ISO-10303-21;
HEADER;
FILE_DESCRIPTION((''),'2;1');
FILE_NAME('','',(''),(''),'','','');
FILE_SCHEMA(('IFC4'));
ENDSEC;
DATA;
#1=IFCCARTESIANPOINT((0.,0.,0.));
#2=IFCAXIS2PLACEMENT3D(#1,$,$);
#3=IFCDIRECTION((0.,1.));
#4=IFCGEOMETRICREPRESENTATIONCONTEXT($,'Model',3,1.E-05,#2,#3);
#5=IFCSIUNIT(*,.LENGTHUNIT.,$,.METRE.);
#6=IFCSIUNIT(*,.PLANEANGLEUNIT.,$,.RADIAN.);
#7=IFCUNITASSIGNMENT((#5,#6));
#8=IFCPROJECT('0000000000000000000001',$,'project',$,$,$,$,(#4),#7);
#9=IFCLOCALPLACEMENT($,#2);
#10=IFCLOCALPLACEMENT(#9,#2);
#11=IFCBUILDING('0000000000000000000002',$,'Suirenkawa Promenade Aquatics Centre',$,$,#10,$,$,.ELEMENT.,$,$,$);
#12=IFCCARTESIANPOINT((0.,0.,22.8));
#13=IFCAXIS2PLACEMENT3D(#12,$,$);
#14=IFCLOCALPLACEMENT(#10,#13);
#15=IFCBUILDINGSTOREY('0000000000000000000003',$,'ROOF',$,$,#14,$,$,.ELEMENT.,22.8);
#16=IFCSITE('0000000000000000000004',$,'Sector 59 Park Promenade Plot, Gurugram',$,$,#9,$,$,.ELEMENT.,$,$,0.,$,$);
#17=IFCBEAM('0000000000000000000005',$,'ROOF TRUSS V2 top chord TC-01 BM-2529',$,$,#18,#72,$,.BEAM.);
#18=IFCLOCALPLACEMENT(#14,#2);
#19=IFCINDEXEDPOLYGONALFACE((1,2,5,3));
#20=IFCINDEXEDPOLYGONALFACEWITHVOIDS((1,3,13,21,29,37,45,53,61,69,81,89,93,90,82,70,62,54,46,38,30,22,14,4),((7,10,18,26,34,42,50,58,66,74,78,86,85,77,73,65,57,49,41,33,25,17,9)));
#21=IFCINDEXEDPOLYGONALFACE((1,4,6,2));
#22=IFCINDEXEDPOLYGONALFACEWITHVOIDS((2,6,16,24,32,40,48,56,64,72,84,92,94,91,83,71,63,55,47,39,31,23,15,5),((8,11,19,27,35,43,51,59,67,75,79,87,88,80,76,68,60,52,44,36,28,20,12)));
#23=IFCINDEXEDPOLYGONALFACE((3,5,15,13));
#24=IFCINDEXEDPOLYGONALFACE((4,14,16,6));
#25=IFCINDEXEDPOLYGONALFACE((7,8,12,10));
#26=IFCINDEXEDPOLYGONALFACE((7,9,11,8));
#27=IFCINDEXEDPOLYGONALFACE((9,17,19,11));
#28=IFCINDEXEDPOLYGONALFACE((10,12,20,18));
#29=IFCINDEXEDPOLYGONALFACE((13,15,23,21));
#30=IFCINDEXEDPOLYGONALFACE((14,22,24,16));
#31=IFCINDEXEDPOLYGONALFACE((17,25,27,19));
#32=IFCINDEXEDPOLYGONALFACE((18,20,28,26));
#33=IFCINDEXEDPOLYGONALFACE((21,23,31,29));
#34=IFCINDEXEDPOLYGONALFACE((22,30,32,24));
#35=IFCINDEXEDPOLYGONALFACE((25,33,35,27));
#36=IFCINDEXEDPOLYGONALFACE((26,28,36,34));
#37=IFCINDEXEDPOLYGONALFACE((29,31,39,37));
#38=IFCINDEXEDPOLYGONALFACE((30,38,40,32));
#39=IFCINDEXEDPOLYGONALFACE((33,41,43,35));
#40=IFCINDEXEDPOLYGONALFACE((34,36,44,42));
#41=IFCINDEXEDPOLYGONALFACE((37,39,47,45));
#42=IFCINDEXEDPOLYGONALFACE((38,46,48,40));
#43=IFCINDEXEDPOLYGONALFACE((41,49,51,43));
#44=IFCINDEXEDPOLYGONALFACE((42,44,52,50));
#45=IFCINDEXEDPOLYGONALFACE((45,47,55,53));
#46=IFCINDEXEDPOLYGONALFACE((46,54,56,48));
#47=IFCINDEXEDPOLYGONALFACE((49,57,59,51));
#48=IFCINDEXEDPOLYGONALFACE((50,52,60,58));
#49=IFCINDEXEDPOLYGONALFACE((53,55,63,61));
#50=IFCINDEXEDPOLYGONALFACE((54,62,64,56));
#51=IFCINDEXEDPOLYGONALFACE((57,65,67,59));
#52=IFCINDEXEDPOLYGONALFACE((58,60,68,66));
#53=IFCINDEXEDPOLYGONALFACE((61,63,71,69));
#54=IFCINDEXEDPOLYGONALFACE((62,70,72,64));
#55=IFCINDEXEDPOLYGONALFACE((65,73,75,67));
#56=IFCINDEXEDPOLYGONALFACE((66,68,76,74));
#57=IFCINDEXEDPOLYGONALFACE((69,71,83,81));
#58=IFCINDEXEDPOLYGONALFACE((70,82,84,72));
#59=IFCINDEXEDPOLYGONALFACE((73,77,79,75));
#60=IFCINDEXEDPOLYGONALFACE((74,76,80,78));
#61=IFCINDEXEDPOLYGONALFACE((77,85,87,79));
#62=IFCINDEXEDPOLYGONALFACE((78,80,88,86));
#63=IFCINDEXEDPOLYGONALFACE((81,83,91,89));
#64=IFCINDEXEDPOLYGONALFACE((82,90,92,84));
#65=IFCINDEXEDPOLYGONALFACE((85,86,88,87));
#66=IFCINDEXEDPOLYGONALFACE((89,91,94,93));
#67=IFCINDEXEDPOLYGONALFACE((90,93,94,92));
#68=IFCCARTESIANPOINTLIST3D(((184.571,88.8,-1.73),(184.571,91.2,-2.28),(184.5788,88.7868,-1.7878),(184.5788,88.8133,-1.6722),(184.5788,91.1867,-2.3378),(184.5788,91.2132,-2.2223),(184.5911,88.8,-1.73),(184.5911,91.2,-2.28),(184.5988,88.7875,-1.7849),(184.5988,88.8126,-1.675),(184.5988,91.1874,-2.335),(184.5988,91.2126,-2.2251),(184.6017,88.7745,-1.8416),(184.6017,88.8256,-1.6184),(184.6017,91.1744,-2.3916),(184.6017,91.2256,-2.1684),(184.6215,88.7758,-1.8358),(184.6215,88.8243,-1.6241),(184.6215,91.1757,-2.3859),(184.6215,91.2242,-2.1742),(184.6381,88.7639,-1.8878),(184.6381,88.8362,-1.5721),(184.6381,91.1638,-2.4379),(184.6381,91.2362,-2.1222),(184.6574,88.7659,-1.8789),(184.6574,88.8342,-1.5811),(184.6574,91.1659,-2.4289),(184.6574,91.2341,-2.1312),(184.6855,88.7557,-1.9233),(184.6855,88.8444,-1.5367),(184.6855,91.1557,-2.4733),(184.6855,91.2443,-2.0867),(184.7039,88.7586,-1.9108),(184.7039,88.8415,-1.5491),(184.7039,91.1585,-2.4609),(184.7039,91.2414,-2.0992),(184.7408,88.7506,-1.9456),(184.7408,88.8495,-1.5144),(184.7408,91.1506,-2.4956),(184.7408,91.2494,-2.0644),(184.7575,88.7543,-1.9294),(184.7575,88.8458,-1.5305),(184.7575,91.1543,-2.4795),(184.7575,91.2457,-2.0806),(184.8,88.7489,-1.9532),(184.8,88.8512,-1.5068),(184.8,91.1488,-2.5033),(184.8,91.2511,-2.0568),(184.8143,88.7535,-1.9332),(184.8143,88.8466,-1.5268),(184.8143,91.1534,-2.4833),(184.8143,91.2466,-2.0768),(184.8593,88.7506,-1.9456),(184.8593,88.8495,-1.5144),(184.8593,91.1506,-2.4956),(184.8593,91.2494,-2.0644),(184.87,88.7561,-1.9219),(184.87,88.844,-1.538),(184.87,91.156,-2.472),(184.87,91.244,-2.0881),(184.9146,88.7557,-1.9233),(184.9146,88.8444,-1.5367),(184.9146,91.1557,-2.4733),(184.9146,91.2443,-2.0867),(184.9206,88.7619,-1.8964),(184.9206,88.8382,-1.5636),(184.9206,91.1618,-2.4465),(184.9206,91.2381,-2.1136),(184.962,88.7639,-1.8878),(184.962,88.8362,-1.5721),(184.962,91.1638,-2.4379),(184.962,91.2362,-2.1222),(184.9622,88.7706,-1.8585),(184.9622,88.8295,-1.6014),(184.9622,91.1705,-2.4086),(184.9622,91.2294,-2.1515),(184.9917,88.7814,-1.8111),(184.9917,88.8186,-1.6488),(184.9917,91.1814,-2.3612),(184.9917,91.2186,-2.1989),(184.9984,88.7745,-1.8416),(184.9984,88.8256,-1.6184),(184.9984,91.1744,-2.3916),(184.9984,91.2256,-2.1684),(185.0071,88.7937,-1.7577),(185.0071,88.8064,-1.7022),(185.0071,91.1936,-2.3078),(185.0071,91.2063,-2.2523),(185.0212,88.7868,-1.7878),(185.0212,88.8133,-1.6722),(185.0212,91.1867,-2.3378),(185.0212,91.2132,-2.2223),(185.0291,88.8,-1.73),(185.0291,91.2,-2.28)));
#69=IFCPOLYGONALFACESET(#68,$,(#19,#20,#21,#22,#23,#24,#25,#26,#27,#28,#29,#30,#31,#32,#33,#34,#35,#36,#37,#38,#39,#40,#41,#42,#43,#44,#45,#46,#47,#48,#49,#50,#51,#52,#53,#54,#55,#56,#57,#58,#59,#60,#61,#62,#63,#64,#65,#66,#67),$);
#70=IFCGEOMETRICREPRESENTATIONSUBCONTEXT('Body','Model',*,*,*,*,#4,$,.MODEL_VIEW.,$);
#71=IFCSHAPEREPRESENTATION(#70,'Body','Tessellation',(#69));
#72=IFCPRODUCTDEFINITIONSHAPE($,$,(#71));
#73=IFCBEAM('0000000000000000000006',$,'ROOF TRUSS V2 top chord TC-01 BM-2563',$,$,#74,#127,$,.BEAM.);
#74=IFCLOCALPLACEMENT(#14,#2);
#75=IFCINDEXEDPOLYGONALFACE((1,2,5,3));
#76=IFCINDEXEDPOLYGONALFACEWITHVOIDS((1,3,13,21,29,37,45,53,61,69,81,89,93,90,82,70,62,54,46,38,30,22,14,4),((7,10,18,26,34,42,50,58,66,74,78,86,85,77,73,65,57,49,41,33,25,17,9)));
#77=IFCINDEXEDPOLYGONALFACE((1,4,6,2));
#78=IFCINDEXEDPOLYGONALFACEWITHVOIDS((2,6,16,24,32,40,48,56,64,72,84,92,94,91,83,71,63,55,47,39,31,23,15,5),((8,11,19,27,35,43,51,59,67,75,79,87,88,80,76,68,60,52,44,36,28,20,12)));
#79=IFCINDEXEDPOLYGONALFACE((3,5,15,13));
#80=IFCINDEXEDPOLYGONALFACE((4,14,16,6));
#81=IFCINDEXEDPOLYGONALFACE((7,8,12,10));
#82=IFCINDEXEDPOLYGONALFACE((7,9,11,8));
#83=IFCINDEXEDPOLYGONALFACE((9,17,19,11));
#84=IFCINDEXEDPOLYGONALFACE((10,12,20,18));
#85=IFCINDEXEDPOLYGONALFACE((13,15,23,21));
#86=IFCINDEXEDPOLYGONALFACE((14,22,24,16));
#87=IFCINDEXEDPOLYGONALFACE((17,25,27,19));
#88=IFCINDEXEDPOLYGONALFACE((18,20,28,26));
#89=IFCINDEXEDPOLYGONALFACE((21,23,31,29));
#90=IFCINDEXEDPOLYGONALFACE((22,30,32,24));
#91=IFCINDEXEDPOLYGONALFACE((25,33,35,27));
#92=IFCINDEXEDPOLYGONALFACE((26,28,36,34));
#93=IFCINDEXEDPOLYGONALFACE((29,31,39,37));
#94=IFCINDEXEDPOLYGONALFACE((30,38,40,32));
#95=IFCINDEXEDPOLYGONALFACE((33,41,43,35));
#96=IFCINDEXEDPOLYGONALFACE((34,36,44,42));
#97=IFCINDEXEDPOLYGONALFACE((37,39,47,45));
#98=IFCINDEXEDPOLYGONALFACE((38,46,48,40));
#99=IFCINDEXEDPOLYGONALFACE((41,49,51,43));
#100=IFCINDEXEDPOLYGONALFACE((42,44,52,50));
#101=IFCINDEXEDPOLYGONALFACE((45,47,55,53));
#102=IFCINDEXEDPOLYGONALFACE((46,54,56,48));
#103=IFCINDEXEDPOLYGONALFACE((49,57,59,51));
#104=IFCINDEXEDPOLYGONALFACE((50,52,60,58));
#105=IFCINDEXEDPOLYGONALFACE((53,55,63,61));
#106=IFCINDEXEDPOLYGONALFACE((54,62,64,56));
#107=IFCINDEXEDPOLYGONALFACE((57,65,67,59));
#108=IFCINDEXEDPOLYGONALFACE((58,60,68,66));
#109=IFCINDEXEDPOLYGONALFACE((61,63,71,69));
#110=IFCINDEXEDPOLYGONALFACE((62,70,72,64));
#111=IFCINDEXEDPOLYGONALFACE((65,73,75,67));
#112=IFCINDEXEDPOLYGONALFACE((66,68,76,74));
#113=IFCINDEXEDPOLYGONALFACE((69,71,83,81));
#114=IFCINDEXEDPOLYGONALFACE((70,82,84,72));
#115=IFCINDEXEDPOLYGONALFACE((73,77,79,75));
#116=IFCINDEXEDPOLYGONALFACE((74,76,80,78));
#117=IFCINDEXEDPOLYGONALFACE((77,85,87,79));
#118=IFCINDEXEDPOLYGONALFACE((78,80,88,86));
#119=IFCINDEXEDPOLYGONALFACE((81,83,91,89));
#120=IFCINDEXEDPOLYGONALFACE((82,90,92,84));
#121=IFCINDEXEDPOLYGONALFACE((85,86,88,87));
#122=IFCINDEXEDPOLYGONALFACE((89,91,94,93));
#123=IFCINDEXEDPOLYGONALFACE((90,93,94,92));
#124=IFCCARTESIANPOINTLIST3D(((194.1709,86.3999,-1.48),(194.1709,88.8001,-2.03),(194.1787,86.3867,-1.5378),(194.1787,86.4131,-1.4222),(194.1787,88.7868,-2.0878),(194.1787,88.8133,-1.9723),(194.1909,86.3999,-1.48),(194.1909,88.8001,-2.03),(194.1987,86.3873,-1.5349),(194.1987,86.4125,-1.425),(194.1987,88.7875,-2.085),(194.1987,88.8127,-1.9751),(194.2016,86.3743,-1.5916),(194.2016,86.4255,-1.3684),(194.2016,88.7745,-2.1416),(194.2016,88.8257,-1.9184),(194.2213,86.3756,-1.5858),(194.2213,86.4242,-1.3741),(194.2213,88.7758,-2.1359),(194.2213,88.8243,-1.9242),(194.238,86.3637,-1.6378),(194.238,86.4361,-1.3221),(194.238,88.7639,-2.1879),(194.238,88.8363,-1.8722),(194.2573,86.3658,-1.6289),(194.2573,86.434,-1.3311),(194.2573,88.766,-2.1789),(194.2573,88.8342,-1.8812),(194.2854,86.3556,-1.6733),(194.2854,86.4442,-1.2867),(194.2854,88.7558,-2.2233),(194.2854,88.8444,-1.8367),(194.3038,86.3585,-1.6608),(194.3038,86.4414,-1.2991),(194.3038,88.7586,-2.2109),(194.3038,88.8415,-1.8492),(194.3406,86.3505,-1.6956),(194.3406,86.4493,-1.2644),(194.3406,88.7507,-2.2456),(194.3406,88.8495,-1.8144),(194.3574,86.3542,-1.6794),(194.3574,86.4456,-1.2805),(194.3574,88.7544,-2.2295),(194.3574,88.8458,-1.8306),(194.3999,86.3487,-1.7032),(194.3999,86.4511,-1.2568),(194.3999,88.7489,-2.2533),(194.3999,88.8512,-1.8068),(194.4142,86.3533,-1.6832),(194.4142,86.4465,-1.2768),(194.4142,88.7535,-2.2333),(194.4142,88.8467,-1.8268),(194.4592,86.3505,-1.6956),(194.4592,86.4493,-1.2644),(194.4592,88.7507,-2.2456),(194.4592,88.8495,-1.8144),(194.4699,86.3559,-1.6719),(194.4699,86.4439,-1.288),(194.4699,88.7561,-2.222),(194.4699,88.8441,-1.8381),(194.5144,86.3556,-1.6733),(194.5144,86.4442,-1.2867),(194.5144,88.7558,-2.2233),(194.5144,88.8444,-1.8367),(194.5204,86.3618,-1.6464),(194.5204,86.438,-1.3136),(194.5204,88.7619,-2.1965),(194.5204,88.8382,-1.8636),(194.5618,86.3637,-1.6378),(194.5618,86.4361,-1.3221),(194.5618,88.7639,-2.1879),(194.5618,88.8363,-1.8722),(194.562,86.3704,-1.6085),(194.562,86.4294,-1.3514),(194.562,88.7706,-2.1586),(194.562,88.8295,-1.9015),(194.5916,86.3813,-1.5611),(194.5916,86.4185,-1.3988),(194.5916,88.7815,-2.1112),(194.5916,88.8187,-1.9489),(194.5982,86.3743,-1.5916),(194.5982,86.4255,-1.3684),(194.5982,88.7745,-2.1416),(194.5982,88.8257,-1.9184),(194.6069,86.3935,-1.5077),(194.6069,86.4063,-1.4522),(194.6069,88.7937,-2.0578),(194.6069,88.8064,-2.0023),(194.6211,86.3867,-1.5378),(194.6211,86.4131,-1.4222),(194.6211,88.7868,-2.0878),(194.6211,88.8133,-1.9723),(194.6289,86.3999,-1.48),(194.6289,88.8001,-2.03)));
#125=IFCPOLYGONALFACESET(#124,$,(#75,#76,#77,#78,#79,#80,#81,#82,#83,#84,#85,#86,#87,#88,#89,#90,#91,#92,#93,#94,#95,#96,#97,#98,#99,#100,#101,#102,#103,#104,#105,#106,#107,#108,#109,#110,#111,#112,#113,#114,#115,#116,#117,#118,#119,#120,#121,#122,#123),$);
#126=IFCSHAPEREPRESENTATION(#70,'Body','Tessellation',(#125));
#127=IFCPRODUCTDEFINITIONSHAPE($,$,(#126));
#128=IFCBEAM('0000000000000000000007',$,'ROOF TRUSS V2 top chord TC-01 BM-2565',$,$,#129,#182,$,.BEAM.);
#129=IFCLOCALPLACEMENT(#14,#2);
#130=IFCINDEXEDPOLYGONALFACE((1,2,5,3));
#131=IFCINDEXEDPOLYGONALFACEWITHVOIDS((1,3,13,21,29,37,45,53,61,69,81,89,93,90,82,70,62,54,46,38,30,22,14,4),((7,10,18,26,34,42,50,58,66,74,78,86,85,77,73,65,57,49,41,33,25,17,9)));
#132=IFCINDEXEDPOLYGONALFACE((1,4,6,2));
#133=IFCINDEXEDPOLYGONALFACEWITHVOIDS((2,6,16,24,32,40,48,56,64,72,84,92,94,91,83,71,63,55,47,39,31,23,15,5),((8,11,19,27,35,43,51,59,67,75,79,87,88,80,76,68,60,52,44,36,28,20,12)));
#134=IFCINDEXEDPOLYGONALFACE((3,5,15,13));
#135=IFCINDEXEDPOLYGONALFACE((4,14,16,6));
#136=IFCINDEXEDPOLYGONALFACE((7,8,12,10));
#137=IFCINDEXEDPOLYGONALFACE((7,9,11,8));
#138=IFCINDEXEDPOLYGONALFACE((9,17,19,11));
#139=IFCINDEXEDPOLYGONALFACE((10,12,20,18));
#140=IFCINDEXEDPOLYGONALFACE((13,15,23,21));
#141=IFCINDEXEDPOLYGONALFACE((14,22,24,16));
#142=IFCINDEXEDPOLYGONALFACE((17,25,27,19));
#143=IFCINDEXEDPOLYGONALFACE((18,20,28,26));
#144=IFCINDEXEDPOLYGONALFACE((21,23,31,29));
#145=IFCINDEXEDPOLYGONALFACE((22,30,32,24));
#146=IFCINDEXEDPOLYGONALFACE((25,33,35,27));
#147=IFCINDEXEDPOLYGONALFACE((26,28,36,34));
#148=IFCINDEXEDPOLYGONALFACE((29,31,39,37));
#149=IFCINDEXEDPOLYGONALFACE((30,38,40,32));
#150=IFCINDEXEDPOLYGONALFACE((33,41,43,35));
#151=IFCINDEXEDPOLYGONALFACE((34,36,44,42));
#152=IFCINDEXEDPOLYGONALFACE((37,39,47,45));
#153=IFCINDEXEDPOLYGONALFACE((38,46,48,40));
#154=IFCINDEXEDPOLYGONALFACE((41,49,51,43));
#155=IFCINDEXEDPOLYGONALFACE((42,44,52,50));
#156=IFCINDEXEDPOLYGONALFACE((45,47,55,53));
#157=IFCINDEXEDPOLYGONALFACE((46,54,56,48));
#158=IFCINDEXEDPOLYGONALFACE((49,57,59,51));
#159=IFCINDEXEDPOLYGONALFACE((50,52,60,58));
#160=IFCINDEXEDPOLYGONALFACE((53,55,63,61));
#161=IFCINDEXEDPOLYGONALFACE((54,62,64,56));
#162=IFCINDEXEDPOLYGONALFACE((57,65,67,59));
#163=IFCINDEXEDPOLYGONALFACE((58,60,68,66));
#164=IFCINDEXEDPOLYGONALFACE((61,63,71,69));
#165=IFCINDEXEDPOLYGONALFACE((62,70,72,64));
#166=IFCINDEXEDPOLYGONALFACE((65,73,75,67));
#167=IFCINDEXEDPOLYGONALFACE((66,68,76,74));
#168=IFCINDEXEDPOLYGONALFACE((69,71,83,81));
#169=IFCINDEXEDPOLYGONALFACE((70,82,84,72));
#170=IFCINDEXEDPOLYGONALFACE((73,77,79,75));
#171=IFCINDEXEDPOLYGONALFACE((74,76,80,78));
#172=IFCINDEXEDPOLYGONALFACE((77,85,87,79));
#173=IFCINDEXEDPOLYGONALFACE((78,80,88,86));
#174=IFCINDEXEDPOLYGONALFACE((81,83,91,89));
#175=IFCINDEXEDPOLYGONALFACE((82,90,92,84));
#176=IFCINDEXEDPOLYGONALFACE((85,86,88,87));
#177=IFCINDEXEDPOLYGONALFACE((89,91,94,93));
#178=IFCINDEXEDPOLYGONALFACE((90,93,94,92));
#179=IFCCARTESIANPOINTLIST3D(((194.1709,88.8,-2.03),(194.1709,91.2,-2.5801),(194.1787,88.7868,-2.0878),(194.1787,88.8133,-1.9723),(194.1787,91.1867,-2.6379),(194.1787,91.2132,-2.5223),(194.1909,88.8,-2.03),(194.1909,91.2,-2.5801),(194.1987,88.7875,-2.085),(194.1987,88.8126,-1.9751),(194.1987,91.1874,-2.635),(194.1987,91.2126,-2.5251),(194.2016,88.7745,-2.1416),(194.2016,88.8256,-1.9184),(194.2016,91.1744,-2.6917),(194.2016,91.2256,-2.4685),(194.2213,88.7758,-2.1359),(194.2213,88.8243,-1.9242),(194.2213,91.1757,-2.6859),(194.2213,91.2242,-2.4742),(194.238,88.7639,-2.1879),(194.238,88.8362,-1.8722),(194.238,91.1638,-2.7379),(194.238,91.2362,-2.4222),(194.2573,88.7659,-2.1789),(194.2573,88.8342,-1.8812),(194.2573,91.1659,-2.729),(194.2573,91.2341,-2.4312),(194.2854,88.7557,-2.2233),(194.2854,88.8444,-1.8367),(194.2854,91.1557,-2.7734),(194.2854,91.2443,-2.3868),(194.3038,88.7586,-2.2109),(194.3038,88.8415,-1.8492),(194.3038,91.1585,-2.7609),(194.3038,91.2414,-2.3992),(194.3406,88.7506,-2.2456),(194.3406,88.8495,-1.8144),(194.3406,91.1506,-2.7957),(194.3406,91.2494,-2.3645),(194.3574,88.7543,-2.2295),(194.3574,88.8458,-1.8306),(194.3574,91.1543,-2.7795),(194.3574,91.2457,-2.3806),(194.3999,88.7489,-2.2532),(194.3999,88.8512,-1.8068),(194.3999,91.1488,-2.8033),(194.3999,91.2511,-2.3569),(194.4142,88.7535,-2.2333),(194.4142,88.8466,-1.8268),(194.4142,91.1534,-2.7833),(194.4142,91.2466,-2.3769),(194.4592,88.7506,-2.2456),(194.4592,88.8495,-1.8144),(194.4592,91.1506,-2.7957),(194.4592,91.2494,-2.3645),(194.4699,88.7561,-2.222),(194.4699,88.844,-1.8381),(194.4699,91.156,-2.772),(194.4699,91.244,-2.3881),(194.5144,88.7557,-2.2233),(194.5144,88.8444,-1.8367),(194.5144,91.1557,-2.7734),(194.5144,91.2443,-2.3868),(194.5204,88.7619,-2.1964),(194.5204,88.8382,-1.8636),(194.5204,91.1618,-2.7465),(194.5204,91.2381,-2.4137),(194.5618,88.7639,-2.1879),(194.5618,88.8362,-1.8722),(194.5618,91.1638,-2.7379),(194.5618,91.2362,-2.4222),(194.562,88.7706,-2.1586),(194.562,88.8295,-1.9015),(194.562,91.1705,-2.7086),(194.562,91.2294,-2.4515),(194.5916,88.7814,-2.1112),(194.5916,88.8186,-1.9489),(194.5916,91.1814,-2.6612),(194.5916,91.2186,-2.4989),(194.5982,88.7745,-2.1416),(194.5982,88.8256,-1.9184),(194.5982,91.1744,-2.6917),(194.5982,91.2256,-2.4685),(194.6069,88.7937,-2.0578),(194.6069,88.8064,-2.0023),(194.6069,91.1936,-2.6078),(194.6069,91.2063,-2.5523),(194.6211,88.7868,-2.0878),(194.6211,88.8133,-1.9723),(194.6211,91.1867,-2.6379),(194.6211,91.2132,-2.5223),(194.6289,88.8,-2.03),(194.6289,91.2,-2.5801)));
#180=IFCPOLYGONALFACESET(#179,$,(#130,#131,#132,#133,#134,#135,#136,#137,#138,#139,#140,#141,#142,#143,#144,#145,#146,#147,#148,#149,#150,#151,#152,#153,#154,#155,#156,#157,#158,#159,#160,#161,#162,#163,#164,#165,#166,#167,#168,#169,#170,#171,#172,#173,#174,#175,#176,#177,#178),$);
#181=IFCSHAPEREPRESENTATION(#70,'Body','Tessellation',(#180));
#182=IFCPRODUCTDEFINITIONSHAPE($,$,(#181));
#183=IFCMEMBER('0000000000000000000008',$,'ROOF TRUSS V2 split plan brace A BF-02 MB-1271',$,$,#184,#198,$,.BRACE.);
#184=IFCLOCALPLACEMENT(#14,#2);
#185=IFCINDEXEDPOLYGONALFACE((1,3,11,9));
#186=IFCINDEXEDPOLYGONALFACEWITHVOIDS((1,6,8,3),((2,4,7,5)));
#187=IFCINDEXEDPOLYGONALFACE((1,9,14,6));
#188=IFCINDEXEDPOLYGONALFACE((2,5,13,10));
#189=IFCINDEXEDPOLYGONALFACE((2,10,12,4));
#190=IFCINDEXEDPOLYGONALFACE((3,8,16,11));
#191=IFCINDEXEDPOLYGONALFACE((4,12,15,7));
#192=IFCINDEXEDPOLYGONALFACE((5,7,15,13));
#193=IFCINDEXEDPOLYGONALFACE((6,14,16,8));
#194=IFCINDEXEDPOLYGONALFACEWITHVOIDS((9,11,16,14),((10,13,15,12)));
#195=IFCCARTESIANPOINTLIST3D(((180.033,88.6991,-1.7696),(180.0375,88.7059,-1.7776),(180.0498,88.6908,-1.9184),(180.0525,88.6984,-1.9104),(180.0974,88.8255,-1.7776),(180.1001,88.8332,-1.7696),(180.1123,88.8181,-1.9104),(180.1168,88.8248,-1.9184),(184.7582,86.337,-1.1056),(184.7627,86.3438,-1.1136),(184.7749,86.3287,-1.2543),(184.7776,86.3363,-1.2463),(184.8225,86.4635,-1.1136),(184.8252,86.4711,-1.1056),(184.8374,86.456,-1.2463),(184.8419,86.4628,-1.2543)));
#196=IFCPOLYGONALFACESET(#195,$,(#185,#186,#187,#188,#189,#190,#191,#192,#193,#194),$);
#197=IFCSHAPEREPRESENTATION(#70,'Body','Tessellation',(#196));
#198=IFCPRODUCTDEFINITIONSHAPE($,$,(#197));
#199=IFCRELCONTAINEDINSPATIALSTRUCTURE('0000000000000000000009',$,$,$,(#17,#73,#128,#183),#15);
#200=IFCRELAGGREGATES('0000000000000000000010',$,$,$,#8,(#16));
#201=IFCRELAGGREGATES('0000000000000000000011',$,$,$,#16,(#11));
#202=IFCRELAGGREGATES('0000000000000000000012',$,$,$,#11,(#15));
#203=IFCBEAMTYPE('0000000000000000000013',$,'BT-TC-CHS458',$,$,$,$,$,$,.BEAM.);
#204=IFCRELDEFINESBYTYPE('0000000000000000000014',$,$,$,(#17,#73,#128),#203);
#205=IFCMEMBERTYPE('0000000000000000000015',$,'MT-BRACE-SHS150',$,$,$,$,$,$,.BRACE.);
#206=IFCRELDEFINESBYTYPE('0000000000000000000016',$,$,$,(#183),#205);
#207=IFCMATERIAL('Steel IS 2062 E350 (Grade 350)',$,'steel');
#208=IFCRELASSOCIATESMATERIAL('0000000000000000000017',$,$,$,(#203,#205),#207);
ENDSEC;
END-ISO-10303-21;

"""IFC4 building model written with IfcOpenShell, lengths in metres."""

from ifc_helpers import new_model, si_unit, direction, frame, origin, origin_2d, place, context, subcontext, project, spatial, hollow_rectangle, hollow_circle, extrude, material, material_profile, profile_set, type_object, element, save


model = new_model("IFC4")

# Units and contexts
model_context = context("Model", 3, precision=1e-05, world=origin(), true_north=direction((0.0, 1.0)))
body_context = subcontext(model_context, "Body", "Model", "MODEL_VIEW")
ifc_project = project(units=[si_unit("LENGTHUNIT", "METRE"), si_unit("PLANEANGLEUNIT", "RADIAN")], contexts=[model_context])

# Site, building, storey
site_placement = place(None, origin())
site = spatial("IfcSite", under=ifc_project, at=site_placement, Name="Sector 59 Park Promenade Plot, Gurugram", CompositionType="ELEMENT", RefElevation=0.0)
building_placement = place(site_placement, origin())
building = spatial("IfcBuilding", under=site, at=building_placement, Name="Suirenkawa Promenade Aquatics Centre", CompositionType="ELEMENT")
storey_placement = place(building_placement, frame((0.0, 0.0, 22.8)))
storey = spatial("IfcBuildingStorey", under=building, at=storey_placement, Name="ROOF", CompositionType="ELEMENT", Elevation=22.8)

# Beams
ifc_material_1 = material(Name="Steel IS 2062 E350 (Grade 350)", Category="steel")
ifc_material_profile_1 = material_profile(ifc_material_1, hollow_circle(Radius=0.229, WallThickness=0.02, at=origin_2d()), Name="CHS 458x20", Category="steel")
ifc_profile_set_1 = profile_set([ifc_material_profile_1], Name="Steel IS 2062 E350 (Grade 350)")
beam_type_1 = type_object("IfcBeamType", Name="BT-TC-CHS458", PredefinedType="BEAM", material=ifc_profile_set_1)
beam_1_placement = place(storey_placement, frame((184.8, 88.8, -1.73), z_axis=(0.0, 0.974726, -0.223404), x_axis=(-1.0, 0.0, 0.0)))
element("IfcBeam", 1, at=beam_1_placement, inside=storey, type_object=beam_type_1, Name="ROOF TRUSS V2 top chord TC-01 BM-2529", PredefinedType="BEAM", context=body_context, shape_type="SweptSolid", body=[
    extrude(hollow_circle(Radius=0.229, WallThickness=0.02, at=origin_2d()), origin(), (0.0, 0.0, 1.0), 2.4622),
])
beam_2_placement = place(storey_placement, frame((194.3999, 86.3999, -1.48), z_axis=(0.0, 0.974731, -0.223382), x_axis=(-1.0, 0.0, 0.0)))
element("IfcBeam", 2, at=beam_2_placement, inside=storey, type_object=beam_type_1, Name="ROOF TRUSS V2 top chord TC-01 BM-2563", PredefinedType="BEAM", context=body_context, shape_type="SweptSolid", body=[
    extrude(hollow_circle(Radius=0.229, WallThickness=0.02, at=origin_2d()), origin(), (0.0, 0.0, 1.0), 2.4624),
])
beam_3_placement = place(storey_placement, frame((194.3999, 88.8, -2.03), z_axis=(0.0, 0.974726, -0.223404), x_axis=(-1.0, 0.0, 0.0)))
element("IfcBeam", 3, at=beam_3_placement, inside=storey, type_object=beam_type_1, Name="ROOF TRUSS V2 top chord TC-01 BM-2565", PredefinedType="BEAM", context=body_context, shape_type="SweptSolid", body=[
    extrude(hollow_circle(Radius=0.229, WallThickness=0.02, at=origin_2d()), origin(), (0.0, 0.0, 1.0), 2.4622),
])

# Member
ifc_material_profile_2 = material_profile(ifc_material_1, hollow_rectangle(XDim=0.1499, YDim=0.1499, WallThickness=0.0081, at=origin_2d()), Name="SHS 150x150x8", Category="steel")
ifc_profile_set_2 = profile_set([ifc_material_profile_2], Name="Steel IS 2062 E350 (Grade 350)")
member_type_1 = type_object("IfcMemberType", Name="MT-BRACE-SHS150", PredefinedType="BRACE", material=ifc_profile_set_2)
member_1_placement = place(storey_placement, frame((184.8, 86.3999, -1.1799), z_axis=(-0.88748, 0.443648, -0.124726), x_axis=(-0.44714, -0.894464, 0.0)))
element("IfcMember", 4, at=member_1_placement, inside=storey, type_object=member_type_1, Name="ROOF TRUSS V2 split plan brace A BF-02 MB-1271", PredefinedType="BRACE", context=body_context, shape_type="SweptSolid", body=[
    extrude(hollow_rectangle(XDim=0.1499, YDim=0.1499, WallThickness=0.0081, at=origin_2d()), origin(), (0.0, 0.0, 1.0), 5.3242),
])

save(model, "model.ifc")
